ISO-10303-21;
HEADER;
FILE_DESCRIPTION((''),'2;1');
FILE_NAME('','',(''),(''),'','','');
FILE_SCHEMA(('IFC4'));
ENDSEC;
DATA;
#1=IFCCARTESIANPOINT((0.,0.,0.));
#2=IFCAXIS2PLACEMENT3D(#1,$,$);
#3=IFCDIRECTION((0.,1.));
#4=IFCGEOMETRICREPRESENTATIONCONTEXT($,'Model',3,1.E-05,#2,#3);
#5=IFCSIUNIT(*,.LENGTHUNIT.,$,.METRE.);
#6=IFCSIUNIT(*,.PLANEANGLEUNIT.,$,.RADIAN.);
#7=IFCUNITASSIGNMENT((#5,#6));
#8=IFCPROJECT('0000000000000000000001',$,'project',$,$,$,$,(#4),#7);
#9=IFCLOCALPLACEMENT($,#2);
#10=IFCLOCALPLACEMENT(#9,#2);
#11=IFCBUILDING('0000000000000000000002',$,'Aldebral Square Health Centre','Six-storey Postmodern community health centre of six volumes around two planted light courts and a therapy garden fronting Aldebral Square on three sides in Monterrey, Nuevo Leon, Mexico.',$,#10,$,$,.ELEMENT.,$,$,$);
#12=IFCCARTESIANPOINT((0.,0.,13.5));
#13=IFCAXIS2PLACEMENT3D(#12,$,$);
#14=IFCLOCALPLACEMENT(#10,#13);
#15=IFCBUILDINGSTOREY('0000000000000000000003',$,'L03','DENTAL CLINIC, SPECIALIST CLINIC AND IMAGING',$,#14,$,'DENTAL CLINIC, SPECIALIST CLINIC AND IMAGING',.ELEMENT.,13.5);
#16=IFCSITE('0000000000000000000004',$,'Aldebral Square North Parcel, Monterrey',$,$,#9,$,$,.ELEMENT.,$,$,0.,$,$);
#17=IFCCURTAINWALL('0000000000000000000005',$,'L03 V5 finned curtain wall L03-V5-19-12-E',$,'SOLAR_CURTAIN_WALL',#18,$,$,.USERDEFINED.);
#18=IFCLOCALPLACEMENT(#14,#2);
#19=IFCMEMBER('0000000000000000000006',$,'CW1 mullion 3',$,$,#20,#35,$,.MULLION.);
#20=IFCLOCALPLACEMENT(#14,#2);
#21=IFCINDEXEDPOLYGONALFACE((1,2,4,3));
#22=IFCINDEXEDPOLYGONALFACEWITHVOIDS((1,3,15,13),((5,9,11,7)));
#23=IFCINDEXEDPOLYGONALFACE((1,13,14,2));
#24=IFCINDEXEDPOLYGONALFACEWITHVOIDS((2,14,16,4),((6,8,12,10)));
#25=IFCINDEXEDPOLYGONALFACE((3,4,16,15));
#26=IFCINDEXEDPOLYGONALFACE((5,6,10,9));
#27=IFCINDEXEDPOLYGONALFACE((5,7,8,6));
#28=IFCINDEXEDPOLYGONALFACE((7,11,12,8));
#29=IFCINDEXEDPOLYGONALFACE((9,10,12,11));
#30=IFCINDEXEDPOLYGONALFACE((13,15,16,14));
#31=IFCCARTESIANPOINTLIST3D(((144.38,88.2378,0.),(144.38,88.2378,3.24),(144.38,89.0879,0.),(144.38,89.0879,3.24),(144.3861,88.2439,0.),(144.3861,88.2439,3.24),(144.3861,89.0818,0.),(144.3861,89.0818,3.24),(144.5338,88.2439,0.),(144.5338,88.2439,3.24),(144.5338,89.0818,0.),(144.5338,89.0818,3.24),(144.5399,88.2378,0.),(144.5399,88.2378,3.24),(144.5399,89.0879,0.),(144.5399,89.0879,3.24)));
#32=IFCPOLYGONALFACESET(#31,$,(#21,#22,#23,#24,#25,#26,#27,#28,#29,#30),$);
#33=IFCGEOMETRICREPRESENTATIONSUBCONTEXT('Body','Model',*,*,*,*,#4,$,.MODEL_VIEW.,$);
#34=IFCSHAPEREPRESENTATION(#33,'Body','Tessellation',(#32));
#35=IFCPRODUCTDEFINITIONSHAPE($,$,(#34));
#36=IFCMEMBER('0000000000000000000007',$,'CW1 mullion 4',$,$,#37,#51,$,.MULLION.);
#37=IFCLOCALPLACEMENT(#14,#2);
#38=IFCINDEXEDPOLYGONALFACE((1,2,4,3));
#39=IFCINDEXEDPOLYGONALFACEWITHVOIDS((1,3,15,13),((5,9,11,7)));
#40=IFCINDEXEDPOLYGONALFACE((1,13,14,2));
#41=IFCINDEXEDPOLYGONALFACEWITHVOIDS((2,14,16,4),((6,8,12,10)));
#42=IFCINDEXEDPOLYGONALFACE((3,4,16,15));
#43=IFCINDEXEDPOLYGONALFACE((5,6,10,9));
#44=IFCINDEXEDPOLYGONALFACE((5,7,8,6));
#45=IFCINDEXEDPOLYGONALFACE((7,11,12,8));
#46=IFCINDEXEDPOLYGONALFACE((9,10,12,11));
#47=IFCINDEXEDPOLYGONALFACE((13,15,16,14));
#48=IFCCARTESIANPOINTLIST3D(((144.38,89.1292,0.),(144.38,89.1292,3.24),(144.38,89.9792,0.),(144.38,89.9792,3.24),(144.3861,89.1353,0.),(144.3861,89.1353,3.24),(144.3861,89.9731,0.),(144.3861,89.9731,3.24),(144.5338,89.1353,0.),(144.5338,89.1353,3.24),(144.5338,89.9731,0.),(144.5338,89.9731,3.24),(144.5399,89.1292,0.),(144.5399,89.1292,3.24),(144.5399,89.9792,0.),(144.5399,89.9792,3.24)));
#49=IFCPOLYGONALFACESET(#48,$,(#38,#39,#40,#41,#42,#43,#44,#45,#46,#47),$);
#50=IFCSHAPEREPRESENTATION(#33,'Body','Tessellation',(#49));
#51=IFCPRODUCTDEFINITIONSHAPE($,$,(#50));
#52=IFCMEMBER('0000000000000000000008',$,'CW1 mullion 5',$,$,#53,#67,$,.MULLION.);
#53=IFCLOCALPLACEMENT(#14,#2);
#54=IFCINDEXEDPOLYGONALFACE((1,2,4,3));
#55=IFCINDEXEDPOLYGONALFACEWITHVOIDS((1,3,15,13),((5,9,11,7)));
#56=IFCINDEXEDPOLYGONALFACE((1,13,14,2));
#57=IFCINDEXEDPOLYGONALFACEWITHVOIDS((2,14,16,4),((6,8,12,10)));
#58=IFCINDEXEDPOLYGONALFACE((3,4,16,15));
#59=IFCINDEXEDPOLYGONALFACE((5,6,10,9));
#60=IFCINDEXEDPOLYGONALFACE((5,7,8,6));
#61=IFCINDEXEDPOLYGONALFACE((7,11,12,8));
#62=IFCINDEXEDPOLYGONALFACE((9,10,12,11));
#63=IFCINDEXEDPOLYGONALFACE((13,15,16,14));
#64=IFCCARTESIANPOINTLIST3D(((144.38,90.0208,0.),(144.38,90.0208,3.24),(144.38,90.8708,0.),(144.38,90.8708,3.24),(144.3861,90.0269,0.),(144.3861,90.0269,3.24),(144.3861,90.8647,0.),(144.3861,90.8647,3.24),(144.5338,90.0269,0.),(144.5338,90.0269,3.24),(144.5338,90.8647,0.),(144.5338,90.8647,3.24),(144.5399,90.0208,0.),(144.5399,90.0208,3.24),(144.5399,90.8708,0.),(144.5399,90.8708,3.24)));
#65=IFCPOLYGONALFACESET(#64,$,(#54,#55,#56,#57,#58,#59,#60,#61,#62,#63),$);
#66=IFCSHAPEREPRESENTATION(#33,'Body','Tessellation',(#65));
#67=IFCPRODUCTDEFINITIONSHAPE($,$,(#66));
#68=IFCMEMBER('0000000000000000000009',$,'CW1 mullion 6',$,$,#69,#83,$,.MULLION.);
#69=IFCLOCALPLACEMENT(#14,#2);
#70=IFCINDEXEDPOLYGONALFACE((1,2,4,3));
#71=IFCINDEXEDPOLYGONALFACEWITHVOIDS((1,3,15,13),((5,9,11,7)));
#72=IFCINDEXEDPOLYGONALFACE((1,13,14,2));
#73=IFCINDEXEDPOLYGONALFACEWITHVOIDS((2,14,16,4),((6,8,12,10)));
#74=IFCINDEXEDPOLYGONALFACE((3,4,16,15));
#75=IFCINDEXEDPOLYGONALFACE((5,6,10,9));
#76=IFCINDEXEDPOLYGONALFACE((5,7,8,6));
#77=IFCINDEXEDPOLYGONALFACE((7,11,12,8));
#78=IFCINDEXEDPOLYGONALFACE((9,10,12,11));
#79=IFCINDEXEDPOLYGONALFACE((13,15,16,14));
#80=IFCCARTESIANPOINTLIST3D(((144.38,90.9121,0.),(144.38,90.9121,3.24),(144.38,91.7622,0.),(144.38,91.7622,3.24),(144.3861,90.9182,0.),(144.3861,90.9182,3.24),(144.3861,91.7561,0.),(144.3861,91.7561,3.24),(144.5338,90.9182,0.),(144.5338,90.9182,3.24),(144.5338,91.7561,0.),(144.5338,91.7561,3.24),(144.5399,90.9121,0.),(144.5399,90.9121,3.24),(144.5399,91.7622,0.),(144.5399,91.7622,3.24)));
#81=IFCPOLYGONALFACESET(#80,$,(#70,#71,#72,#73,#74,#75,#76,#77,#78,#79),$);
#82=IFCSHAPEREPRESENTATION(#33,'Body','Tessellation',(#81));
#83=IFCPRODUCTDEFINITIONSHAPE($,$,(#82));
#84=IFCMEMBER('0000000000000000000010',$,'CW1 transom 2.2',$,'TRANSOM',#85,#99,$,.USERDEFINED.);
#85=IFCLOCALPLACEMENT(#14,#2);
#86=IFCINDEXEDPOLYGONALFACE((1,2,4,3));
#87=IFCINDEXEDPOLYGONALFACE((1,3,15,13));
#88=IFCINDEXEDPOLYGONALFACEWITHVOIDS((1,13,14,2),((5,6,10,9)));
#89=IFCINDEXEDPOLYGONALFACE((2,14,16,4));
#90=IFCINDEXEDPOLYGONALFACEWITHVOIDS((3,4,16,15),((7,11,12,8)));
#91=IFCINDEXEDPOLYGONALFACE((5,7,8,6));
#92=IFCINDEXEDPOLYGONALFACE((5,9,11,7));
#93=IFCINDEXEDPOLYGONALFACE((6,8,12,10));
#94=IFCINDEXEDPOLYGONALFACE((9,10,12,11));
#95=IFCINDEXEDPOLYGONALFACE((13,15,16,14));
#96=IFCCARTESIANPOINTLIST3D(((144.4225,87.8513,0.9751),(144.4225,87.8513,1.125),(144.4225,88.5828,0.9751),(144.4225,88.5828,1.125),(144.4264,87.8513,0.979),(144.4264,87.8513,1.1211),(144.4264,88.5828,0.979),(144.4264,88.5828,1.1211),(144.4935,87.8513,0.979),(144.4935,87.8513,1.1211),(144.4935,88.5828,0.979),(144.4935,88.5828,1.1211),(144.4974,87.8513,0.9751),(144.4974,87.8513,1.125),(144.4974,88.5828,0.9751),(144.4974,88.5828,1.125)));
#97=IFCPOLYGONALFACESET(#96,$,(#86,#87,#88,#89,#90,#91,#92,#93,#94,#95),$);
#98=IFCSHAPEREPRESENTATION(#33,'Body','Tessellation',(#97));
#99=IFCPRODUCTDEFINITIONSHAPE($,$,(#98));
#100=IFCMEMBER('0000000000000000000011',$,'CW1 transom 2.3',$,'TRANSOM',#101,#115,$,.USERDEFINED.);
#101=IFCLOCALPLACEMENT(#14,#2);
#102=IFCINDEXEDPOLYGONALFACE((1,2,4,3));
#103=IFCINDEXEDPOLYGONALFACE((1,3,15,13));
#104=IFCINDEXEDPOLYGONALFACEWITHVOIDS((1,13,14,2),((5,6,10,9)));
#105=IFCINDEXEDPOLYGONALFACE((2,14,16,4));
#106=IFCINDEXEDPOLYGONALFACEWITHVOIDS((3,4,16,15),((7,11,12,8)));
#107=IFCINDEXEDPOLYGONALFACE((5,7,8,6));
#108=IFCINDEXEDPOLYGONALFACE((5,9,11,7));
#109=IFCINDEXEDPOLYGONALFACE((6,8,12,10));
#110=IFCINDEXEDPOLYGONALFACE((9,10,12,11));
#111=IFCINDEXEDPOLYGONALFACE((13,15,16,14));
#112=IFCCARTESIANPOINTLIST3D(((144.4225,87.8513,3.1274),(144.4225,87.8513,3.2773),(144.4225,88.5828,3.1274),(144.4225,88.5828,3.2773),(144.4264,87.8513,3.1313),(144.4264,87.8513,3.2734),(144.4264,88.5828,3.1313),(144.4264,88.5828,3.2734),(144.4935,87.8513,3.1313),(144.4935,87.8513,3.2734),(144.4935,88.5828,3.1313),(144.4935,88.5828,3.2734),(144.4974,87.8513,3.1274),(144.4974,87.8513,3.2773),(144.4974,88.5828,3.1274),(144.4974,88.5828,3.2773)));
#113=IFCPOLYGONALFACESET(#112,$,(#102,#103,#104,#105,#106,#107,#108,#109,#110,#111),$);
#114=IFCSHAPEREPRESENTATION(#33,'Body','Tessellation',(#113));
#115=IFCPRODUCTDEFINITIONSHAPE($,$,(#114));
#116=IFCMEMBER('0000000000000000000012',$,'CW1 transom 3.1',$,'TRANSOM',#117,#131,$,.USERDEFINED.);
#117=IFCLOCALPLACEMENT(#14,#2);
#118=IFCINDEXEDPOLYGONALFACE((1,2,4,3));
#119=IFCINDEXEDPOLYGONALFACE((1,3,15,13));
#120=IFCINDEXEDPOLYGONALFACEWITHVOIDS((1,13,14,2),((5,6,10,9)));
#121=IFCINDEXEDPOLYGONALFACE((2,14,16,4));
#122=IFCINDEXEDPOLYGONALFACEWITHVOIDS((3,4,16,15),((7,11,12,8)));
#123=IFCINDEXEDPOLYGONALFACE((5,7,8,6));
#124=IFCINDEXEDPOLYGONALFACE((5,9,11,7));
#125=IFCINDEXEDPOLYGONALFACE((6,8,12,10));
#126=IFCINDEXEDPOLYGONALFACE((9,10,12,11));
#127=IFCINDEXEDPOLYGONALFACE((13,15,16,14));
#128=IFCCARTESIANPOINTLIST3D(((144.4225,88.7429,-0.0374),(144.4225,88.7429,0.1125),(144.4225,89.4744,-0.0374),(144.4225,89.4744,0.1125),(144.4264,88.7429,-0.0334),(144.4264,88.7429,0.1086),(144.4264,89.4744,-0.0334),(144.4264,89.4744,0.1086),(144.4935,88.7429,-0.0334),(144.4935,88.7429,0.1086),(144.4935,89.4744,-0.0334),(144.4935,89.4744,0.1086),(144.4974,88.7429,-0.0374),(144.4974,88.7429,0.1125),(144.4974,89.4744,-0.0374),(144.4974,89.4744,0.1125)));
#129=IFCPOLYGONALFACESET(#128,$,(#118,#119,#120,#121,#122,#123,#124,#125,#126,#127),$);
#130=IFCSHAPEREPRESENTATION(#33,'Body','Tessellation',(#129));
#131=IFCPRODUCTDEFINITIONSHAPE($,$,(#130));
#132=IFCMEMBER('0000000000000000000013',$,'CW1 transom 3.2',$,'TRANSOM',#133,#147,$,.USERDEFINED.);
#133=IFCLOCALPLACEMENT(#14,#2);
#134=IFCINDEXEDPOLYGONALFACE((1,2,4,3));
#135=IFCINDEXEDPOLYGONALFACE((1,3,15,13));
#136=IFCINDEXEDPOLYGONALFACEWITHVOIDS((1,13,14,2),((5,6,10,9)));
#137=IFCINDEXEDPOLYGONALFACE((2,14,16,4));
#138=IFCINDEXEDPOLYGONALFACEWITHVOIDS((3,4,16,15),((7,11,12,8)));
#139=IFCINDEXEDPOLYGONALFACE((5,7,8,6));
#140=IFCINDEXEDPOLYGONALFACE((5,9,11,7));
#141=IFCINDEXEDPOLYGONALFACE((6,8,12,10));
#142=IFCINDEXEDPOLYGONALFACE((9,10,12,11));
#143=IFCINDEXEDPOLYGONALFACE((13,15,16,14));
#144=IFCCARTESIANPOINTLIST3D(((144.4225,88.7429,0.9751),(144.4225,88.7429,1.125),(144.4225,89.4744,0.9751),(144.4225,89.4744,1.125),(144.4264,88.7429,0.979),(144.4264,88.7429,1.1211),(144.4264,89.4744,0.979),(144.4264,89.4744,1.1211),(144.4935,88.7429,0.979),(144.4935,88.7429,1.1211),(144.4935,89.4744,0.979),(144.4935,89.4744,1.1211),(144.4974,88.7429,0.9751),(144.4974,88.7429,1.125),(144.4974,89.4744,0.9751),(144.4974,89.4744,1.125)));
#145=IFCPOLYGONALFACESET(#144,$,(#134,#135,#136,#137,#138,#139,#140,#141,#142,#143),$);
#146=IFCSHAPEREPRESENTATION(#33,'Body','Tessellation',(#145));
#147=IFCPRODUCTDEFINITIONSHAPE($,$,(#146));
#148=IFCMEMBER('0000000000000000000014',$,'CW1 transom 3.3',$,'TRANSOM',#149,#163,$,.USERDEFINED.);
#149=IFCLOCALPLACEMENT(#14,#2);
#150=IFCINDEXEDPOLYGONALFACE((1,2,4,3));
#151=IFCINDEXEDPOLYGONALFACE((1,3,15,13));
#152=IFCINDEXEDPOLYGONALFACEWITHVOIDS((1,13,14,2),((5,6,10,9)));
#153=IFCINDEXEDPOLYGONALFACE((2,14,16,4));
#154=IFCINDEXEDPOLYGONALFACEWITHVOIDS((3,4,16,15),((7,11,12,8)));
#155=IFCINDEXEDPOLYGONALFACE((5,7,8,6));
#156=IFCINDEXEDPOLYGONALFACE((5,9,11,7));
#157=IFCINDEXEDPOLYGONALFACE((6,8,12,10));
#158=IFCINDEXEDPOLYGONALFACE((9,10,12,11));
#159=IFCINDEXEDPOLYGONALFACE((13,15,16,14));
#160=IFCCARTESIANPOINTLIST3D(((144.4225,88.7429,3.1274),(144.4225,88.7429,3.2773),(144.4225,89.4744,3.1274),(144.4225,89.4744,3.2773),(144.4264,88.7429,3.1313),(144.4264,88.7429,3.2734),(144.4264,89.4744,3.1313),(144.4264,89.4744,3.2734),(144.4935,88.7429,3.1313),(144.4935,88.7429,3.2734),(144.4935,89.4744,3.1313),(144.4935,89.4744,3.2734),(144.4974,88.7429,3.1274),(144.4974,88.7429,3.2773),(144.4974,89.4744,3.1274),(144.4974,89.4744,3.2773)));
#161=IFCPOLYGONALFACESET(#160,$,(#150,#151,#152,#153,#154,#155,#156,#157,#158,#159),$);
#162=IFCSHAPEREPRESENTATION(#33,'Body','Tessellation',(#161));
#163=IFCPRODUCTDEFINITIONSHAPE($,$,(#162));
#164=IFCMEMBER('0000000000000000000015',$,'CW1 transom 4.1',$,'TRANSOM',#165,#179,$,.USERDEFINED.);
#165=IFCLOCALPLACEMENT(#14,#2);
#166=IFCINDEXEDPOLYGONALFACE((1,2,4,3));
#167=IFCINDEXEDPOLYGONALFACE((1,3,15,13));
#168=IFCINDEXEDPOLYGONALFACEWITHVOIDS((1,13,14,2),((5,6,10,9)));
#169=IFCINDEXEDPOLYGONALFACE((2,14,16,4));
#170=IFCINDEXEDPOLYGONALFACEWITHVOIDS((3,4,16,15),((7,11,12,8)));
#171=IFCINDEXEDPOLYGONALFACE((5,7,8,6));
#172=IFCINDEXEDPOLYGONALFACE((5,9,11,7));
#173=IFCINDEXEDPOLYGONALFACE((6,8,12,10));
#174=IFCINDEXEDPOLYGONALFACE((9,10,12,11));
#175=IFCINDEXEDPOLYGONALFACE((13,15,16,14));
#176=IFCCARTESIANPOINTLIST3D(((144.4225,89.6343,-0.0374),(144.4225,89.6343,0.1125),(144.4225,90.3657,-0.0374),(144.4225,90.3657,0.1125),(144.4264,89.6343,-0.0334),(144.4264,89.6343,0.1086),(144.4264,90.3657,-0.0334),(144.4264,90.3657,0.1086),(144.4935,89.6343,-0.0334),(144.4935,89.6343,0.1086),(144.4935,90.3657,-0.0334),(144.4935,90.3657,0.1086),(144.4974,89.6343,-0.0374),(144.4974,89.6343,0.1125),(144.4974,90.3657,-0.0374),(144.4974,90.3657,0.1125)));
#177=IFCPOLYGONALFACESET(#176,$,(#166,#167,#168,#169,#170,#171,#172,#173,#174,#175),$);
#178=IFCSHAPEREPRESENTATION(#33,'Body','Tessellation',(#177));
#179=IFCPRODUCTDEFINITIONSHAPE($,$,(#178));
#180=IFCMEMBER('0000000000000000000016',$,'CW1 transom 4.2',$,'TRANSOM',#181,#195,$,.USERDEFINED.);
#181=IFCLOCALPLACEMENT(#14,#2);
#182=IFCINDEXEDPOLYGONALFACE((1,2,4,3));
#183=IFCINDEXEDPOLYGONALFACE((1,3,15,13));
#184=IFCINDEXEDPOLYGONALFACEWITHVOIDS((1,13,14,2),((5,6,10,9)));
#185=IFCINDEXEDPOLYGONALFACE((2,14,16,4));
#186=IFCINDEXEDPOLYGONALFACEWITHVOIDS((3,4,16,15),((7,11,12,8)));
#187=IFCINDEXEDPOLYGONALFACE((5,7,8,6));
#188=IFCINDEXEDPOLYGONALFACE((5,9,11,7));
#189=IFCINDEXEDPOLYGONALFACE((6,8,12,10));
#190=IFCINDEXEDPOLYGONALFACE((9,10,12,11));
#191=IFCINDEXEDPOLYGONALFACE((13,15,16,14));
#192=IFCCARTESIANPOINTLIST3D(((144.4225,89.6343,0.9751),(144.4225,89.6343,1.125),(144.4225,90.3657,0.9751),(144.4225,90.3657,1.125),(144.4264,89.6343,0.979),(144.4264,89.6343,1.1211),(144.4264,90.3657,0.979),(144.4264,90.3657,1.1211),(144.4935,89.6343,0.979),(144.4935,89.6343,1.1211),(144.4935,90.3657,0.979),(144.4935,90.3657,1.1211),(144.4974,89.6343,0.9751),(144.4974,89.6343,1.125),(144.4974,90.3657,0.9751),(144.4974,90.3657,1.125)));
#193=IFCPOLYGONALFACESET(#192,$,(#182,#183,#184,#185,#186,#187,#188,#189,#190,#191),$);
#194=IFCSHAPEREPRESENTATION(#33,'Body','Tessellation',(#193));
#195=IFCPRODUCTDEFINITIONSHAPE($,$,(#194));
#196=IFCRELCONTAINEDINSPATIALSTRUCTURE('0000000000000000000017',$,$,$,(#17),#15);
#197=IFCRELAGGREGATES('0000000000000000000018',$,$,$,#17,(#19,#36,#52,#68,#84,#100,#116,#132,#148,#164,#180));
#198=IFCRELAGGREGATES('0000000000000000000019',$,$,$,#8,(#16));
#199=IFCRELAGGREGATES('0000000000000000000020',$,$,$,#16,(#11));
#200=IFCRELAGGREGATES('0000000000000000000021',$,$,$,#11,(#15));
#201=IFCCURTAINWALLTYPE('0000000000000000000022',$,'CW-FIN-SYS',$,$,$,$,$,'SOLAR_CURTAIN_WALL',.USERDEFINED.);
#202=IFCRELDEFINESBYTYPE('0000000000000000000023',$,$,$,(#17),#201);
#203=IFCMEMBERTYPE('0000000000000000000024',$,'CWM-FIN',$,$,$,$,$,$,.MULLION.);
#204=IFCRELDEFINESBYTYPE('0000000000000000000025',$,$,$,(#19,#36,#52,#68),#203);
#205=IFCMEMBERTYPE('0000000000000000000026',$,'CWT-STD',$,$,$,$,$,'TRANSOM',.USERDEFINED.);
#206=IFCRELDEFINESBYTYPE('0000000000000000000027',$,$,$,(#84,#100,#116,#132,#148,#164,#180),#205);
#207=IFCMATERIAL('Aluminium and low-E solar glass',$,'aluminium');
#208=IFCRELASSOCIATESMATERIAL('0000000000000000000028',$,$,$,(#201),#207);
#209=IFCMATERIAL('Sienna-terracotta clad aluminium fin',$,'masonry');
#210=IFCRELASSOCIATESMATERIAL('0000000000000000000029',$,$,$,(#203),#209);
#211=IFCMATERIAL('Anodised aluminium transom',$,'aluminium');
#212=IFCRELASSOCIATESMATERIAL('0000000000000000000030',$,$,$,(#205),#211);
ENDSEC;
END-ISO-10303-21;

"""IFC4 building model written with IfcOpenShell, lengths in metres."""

from ifc_helpers import new_model, si_unit, direction, frame, origin, origin_2d, place, context, subcontext, project, spatial, hollow_rectangle, extrude, material, material_profile, profile_set, type_object, element, aggregate, save


model = new_model("IFC4")

# Units and contexts
model_context = context("Model", 3, precision=1e-05, world=origin(), true_north=direction((0.0, 1.0)))
body_context = subcontext(model_context, "Body", "Model", "MODEL_VIEW")
ifc_project = project(units=[si_unit("LENGTHUNIT", "METRE"), si_unit("PLANEANGLEUNIT", "RADIAN")], contexts=[model_context])

# Site, building, storey
site_placement = place(None, origin())
site = spatial("IfcSite", under=ifc_project, at=site_placement, Name="Aldebral Square North Parcel, Monterrey", CompositionType="ELEMENT", RefElevation=0.0)
building_placement = place(site_placement, origin())
building = spatial("IfcBuilding", under=site, at=building_placement, Name="Aldebral Square Health Centre", Description="Six-storey Postmodern community health centre of six volumes around two planted light courts and a therapy garden fronting Aldebral Square on three sides in Monterrey, Nuevo Leon, Mexico.", CompositionType="ELEMENT")
storey_placement = place(building_placement, frame((0.0, 0.0, 13.5)))
storey = spatial("IfcBuildingStorey", under=building, at=storey_placement, Name="L03", Description="DENTAL CLINIC, SPECIALIST CLINIC AND IMAGING", LongName="DENTAL CLINIC, SPECIALIST CLINIC AND IMAGING", CompositionType="ELEMENT", Elevation=13.5)

# Curtain wall, members
ifc_material_1 = material(Name="Aluminium and low-E solar glass", Category="aluminium")
curtain_wall_type = type_object("IfcCurtainWallType", Name="CW-FIN-SYS", ElementType="SOLAR_CURTAIN_WALL", PredefinedType="USERDEFINED", material=ifc_material_1)
curtain_wall_placement = place(storey_placement, origin())
curtain_wall = element("IfcCurtainWall", 1, at=curtain_wall_placement, inside=storey, type_object=curtain_wall_type, Name="L03 V5 finned curtain wall L03-V5-19-12-E", ObjectType="SOLAR_CURTAIN_WALL", PredefinedType="USERDEFINED")
ifc_material_2 = material(Name="Sienna-terracotta clad aluminium fin", Category="masonry")
ifc_material_profile_1 = material_profile(ifc_material_2, hollow_rectangle(XDim=0.1599, YDim=0.8501, WallThickness=0.0061, at=origin_2d()), Name="FIN 160x850x6")
ifc_profile_set_1 = profile_set([ifc_material_profile_1], Name="Sienna-terracotta clad aluminium fin")
member_type_1 = type_object("IfcMemberType", Name="CWM-FIN", PredefinedType="MULLION", material=ifc_profile_set_1)
member_1_placement = place(storey_placement, frame((144.46, 88.6628, 0.0), z_axis=(0.0, 0.0, 1.0), x_axis=(-1.0, 0.0, 0.0)))
member_1 = element("IfcMember", 2, at=member_1_placement, type_object=member_type_1, Name="CW1 mullion 3", PredefinedType="MULLION", context=body_context, shape_type="SweptSolid", body=[
    extrude(hollow_rectangle(XDim=0.1599, YDim=0.8501, WallThickness=0.0061, at=origin_2d()), origin(), (0.0, 0.0, 1.0), 3.24),
])
member_2_placement = place(storey_placement, frame((144.46, 89.5542, 0.0), z_axis=(0.0, 0.0, 1.0), x_axis=(-1.0, 0.0, 0.0)))
member_2 = element("IfcMember", 3, at=member_2_placement, type_object=member_type_1, Name="CW1 mullion 4", PredefinedType="MULLION", context=body_context, shape_type="SweptSolid", body=[
    extrude(hollow_rectangle(XDim=0.1599, YDim=0.8501, WallThickness=0.0061, at=origin_2d()), origin(), (0.0, 0.0, 1.0), 3.24),
])
member_3_placement = place(storey_placement, frame((144.46, 90.4458, 0.0), z_axis=(0.0, 0.0, 1.0), x_axis=(-1.0, 0.0, 0.0)))
member_3 = element("IfcMember", 4, at=member_3_placement, type_object=member_type_1, Name="CW1 mullion 5", PredefinedType="MULLION", context=body_context, shape_type="SweptSolid", body=[
    extrude(hollow_rectangle(XDim=0.1599, YDim=0.8501, WallThickness=0.0061, at=origin_2d()), origin(), (0.0, 0.0, 1.0), 3.24),
])
member_4_placement = place(storey_placement, frame((144.46, 91.3372, 0.0), z_axis=(0.0, 0.0, 1.0), x_axis=(-1.0, 0.0, 0.0)))
member_4 = element("IfcMember", 5, at=member_4_placement, type_object=member_type_1, Name="CW1 mullion 6", PredefinedType="MULLION", context=body_context, shape_type="SweptSolid", body=[
    extrude(hollow_rectangle(XDim=0.1599, YDim=0.8501, WallThickness=0.0061, at=origin_2d()), origin(), (0.0, 0.0, 1.0), 3.24),
])
ifc_material_3 = material(Name="Anodised aluminium transom", Category="aluminium")
ifc_material_profile_2 = material_profile(ifc_material_3, hollow_rectangle(XDim=0.075, YDim=0.1499, WallThickness=0.0039, at=origin_2d()), Name="CWT 75x150x4")
ifc_profile_set_2 = profile_set([ifc_material_profile_2], Name="Anodised aluminium transom")
member_type_2 = type_object("IfcMemberType", Name="CWT-STD", ElementType="TRANSOM", PredefinedType="USERDEFINED", material=ifc_profile_set_2)
member_5_placement = place(storey_placement, frame((144.46, 87.8513, 1.05), z_axis=(0.0, 1.0, 0.0), x_axis=(-1.0, 0.0, 0.0)))
member_5 = element("IfcMember", 6, at=member_5_placement, type_object=member_type_2, Name="CW1 transom 2.2", ObjectType="TRANSOM", PredefinedType="USERDEFINED", context=body_context, shape_type="SweptSolid", body=[
    extrude(hollow_rectangle(XDim=0.075, YDim=0.1499, WallThickness=0.0039, at=origin_2d()), origin(), (0.0, 0.0, 1.0), 0.7314),
])
member_6_placement = place(storey_placement, frame((144.46, 87.8513, 3.2024), z_axis=(0.0, 1.0, 0.0), x_axis=(-1.0, 0.0, 0.0)))
member_6 = element("IfcMember", 7, at=member_6_placement, type_object=member_type_2, Name="CW1 transom 2.3", ObjectType="TRANSOM", PredefinedType="USERDEFINED", context=body_context, shape_type="SweptSolid", body=[
    extrude(hollow_rectangle(XDim=0.075, YDim=0.1499, WallThickness=0.0039, at=origin_2d()), origin(), (0.0, 0.0, 1.0), 0.7314),
])
member_7_placement = place(storey_placement, frame((144.46, 88.7429, 0.0376), z_axis=(0.0, 1.0, 0.0), x_axis=(-1.0, 0.0, 0.0)))
member_7 = element("IfcMember", 8, at=member_7_placement, type_object=member_type_2, Name="CW1 transom 3.1", ObjectType="TRANSOM", PredefinedType="USERDEFINED", context=body_context, shape_type="SweptSolid", body=[
    extrude(hollow_rectangle(XDim=0.075, YDim=0.1499, WallThickness=0.0039, at=origin_2d()), origin(), (0.0, 0.0, 1.0), 0.7314),
])
member_8_placement = place(storey_placement, frame((144.46, 88.7429, 1.05), z_axis=(0.0, 1.0, 0.0), x_axis=(-1.0, 0.0, 0.0)))
member_8 = element("IfcMember", 9, at=member_8_placement, type_object=member_type_2, Name="CW1 transom 3.2", ObjectType="TRANSOM", PredefinedType="USERDEFINED", context=body_context, shape_type="SweptSolid", body=[
    extrude(hollow_rectangle(XDim=0.075, YDim=0.1499, WallThickness=0.0039, at=origin_2d()), origin(), (0.0, 0.0, 1.0), 0.7314),
])
member_9_placement = place(storey_placement, frame((144.46, 88.7429, 3.2024), z_axis=(0.0, 1.0, 0.0), x_axis=(-1.0, 0.0, 0.0)))
member_9 = element("IfcMember", 10, at=member_9_placement, type_object=member_type_2, Name="CW1 transom 3.3", ObjectType="TRANSOM", PredefinedType="USERDEFINED", context=body_context, shape_type="SweptSolid", body=[
    extrude(hollow_rectangle(XDim=0.075, YDim=0.1499, WallThickness=0.0039, at=origin_2d()), origin(), (0.0, 0.0, 1.0), 0.7314),
])
member_10_placement = place(storey_placement, frame((144.46, 89.6343, 0.0376), z_axis=(0.0, 1.0, 0.0), x_axis=(-1.0, 0.0, 0.0)))
member_10 = element("IfcMember", 11, at=member_10_placement, type_object=member_type_2, Name="CW1 transom 4.1", ObjectType="TRANSOM", PredefinedType="USERDEFINED", context=body_context, shape_type="SweptSolid", body=[
    extrude(hollow_rectangle(XDim=0.075, YDim=0.1499, WallThickness=0.0039, at=origin_2d()), origin(), (0.0, 0.0, 1.0), 0.7314),
])
member_11_placement = place(storey_placement, frame((144.46, 89.6343, 1.05), z_axis=(0.0, 1.0, 0.0), x_axis=(-1.0, 0.0, 0.0)))
member_11 = element("IfcMember", 12, at=member_11_placement, type_object=member_type_2, Name="CW1 transom 4.2", ObjectType="TRANSOM", PredefinedType="USERDEFINED", context=body_context, shape_type="SweptSolid", body=[
    extrude(hollow_rectangle(XDim=0.075, YDim=0.1499, WallThickness=0.0039, at=origin_2d()), origin(), (0.0, 0.0, 1.0), 0.7314),
])
aggregate(curtain_wall, [member_1, member_2, member_3, member_4, member_5, member_6, member_7, member_8, member_9, member_10, member_11])

save(model, "model.ifc")
